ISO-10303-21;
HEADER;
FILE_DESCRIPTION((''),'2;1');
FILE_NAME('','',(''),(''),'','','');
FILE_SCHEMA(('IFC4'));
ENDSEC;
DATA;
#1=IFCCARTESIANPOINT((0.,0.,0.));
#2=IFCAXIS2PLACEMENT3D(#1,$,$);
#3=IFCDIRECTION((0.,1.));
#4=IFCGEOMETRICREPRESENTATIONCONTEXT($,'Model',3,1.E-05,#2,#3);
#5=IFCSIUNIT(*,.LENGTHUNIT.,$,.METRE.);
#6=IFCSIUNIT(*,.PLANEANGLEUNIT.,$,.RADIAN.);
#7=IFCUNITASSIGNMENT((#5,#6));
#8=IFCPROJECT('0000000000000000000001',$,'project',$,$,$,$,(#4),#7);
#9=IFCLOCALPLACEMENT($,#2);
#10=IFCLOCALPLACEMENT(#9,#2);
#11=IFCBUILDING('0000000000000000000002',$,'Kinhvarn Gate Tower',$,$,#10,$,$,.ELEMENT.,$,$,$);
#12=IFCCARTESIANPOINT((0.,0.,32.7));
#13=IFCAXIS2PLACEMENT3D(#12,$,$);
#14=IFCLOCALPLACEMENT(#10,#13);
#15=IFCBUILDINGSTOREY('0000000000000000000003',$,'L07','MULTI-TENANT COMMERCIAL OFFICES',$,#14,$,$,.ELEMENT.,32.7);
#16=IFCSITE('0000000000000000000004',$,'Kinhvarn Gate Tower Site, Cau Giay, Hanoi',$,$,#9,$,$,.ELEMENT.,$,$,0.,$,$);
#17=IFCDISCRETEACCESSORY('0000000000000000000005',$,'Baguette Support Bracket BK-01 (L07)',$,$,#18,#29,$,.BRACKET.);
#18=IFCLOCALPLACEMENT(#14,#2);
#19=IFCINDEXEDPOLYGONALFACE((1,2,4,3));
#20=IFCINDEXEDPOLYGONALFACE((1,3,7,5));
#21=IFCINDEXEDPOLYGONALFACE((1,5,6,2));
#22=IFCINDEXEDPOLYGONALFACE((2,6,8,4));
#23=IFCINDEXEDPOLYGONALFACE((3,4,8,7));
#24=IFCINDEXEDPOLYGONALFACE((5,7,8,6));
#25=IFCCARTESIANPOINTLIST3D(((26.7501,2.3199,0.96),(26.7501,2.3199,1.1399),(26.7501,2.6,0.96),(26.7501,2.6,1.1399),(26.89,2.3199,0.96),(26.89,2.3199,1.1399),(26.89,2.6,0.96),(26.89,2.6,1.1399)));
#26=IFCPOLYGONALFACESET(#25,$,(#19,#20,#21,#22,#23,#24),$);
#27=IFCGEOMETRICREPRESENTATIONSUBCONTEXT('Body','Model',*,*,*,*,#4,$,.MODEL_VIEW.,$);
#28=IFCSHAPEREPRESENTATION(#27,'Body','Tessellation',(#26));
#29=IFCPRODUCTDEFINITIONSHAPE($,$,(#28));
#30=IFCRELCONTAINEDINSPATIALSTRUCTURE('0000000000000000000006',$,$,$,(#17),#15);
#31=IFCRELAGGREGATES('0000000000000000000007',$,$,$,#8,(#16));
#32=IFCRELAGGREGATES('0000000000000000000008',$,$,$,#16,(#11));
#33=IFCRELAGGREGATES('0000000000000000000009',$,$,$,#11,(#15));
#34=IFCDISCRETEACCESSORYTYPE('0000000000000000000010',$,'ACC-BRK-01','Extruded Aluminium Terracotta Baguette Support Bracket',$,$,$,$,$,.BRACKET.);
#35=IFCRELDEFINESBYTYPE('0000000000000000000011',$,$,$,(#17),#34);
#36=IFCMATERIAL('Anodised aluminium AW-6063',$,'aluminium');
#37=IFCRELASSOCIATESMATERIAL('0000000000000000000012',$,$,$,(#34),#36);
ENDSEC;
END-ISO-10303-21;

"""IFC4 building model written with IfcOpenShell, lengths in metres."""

from ifc_helpers import new_model, si_unit, direction, frame, origin, origin_2d, place, context, subcontext, project, spatial, rectangle, extrude, material, type_object, element, save


model = new_model("IFC4")

# Units and contexts
model_context = context("Model", 3, precision=1e-05, world=origin(), true_north=direction((0.0, 1.0)))
body_context = subcontext(model_context, "Body", "Model", "MODEL_VIEW")
ifc_project = project(units=[si_unit("LENGTHUNIT", "METRE"), si_unit("PLANEANGLEUNIT", "RADIAN")], contexts=[model_context])

# Site, building, storey
site_placement = place(None, origin())
site = spatial("IfcSite", under=ifc_project, at=site_placement, Name="Kinhvarn Gate Tower Site, Cau Giay, Hanoi", CompositionType="ELEMENT", RefElevation=0.0)
building_placement = place(site_placement, origin())
building = spatial("IfcBuilding", under=site, at=building_placement, Name="Kinhvarn Gate Tower", CompositionType="ELEMENT")
storey_placement = place(building_placement, frame((0.0, 0.0, 32.7)))
storey = spatial("IfcBuildingStorey", under=building, at=storey_placement, Name="L07", Description="MULTI-TENANT COMMERCIAL OFFICES", CompositionType="ELEMENT", Elevation=32.7)

# Shared definitions
ifc_material_1 = material(Name="Anodised aluminium AW-6063", Category="aluminium")

# Discrete accessory
discrete_accessory_type = type_object("IfcDiscreteAccessoryType", Name="ACC-BRK-01", Description="Extruded Aluminium Terracotta Baguette Support Bracket", PredefinedType="BRACKET", material=ifc_material_1)
discrete_accessory_placement = place(storey_placement, frame((26.8201, 2.46, 0.96), z_axis=(0.0, 0.0, 1.0), x_axis=(1.0, 0.0, 0.0)))
element("IfcDiscreteAccessory", 1, at=discrete_accessory_placement, inside=storey, type_object=discrete_accessory_type, Name="Baguette Support Bracket BK-01 (L07)", PredefinedType="BRACKET", context=body_context, shape_type="SweptSolid", body=[
    extrude(rectangle(XDim=0.1399, YDim=0.28, at=origin_2d()), origin(), (0.0, 0.0, 1.0), 0.1799),
])

save(model, "model.ifc")
